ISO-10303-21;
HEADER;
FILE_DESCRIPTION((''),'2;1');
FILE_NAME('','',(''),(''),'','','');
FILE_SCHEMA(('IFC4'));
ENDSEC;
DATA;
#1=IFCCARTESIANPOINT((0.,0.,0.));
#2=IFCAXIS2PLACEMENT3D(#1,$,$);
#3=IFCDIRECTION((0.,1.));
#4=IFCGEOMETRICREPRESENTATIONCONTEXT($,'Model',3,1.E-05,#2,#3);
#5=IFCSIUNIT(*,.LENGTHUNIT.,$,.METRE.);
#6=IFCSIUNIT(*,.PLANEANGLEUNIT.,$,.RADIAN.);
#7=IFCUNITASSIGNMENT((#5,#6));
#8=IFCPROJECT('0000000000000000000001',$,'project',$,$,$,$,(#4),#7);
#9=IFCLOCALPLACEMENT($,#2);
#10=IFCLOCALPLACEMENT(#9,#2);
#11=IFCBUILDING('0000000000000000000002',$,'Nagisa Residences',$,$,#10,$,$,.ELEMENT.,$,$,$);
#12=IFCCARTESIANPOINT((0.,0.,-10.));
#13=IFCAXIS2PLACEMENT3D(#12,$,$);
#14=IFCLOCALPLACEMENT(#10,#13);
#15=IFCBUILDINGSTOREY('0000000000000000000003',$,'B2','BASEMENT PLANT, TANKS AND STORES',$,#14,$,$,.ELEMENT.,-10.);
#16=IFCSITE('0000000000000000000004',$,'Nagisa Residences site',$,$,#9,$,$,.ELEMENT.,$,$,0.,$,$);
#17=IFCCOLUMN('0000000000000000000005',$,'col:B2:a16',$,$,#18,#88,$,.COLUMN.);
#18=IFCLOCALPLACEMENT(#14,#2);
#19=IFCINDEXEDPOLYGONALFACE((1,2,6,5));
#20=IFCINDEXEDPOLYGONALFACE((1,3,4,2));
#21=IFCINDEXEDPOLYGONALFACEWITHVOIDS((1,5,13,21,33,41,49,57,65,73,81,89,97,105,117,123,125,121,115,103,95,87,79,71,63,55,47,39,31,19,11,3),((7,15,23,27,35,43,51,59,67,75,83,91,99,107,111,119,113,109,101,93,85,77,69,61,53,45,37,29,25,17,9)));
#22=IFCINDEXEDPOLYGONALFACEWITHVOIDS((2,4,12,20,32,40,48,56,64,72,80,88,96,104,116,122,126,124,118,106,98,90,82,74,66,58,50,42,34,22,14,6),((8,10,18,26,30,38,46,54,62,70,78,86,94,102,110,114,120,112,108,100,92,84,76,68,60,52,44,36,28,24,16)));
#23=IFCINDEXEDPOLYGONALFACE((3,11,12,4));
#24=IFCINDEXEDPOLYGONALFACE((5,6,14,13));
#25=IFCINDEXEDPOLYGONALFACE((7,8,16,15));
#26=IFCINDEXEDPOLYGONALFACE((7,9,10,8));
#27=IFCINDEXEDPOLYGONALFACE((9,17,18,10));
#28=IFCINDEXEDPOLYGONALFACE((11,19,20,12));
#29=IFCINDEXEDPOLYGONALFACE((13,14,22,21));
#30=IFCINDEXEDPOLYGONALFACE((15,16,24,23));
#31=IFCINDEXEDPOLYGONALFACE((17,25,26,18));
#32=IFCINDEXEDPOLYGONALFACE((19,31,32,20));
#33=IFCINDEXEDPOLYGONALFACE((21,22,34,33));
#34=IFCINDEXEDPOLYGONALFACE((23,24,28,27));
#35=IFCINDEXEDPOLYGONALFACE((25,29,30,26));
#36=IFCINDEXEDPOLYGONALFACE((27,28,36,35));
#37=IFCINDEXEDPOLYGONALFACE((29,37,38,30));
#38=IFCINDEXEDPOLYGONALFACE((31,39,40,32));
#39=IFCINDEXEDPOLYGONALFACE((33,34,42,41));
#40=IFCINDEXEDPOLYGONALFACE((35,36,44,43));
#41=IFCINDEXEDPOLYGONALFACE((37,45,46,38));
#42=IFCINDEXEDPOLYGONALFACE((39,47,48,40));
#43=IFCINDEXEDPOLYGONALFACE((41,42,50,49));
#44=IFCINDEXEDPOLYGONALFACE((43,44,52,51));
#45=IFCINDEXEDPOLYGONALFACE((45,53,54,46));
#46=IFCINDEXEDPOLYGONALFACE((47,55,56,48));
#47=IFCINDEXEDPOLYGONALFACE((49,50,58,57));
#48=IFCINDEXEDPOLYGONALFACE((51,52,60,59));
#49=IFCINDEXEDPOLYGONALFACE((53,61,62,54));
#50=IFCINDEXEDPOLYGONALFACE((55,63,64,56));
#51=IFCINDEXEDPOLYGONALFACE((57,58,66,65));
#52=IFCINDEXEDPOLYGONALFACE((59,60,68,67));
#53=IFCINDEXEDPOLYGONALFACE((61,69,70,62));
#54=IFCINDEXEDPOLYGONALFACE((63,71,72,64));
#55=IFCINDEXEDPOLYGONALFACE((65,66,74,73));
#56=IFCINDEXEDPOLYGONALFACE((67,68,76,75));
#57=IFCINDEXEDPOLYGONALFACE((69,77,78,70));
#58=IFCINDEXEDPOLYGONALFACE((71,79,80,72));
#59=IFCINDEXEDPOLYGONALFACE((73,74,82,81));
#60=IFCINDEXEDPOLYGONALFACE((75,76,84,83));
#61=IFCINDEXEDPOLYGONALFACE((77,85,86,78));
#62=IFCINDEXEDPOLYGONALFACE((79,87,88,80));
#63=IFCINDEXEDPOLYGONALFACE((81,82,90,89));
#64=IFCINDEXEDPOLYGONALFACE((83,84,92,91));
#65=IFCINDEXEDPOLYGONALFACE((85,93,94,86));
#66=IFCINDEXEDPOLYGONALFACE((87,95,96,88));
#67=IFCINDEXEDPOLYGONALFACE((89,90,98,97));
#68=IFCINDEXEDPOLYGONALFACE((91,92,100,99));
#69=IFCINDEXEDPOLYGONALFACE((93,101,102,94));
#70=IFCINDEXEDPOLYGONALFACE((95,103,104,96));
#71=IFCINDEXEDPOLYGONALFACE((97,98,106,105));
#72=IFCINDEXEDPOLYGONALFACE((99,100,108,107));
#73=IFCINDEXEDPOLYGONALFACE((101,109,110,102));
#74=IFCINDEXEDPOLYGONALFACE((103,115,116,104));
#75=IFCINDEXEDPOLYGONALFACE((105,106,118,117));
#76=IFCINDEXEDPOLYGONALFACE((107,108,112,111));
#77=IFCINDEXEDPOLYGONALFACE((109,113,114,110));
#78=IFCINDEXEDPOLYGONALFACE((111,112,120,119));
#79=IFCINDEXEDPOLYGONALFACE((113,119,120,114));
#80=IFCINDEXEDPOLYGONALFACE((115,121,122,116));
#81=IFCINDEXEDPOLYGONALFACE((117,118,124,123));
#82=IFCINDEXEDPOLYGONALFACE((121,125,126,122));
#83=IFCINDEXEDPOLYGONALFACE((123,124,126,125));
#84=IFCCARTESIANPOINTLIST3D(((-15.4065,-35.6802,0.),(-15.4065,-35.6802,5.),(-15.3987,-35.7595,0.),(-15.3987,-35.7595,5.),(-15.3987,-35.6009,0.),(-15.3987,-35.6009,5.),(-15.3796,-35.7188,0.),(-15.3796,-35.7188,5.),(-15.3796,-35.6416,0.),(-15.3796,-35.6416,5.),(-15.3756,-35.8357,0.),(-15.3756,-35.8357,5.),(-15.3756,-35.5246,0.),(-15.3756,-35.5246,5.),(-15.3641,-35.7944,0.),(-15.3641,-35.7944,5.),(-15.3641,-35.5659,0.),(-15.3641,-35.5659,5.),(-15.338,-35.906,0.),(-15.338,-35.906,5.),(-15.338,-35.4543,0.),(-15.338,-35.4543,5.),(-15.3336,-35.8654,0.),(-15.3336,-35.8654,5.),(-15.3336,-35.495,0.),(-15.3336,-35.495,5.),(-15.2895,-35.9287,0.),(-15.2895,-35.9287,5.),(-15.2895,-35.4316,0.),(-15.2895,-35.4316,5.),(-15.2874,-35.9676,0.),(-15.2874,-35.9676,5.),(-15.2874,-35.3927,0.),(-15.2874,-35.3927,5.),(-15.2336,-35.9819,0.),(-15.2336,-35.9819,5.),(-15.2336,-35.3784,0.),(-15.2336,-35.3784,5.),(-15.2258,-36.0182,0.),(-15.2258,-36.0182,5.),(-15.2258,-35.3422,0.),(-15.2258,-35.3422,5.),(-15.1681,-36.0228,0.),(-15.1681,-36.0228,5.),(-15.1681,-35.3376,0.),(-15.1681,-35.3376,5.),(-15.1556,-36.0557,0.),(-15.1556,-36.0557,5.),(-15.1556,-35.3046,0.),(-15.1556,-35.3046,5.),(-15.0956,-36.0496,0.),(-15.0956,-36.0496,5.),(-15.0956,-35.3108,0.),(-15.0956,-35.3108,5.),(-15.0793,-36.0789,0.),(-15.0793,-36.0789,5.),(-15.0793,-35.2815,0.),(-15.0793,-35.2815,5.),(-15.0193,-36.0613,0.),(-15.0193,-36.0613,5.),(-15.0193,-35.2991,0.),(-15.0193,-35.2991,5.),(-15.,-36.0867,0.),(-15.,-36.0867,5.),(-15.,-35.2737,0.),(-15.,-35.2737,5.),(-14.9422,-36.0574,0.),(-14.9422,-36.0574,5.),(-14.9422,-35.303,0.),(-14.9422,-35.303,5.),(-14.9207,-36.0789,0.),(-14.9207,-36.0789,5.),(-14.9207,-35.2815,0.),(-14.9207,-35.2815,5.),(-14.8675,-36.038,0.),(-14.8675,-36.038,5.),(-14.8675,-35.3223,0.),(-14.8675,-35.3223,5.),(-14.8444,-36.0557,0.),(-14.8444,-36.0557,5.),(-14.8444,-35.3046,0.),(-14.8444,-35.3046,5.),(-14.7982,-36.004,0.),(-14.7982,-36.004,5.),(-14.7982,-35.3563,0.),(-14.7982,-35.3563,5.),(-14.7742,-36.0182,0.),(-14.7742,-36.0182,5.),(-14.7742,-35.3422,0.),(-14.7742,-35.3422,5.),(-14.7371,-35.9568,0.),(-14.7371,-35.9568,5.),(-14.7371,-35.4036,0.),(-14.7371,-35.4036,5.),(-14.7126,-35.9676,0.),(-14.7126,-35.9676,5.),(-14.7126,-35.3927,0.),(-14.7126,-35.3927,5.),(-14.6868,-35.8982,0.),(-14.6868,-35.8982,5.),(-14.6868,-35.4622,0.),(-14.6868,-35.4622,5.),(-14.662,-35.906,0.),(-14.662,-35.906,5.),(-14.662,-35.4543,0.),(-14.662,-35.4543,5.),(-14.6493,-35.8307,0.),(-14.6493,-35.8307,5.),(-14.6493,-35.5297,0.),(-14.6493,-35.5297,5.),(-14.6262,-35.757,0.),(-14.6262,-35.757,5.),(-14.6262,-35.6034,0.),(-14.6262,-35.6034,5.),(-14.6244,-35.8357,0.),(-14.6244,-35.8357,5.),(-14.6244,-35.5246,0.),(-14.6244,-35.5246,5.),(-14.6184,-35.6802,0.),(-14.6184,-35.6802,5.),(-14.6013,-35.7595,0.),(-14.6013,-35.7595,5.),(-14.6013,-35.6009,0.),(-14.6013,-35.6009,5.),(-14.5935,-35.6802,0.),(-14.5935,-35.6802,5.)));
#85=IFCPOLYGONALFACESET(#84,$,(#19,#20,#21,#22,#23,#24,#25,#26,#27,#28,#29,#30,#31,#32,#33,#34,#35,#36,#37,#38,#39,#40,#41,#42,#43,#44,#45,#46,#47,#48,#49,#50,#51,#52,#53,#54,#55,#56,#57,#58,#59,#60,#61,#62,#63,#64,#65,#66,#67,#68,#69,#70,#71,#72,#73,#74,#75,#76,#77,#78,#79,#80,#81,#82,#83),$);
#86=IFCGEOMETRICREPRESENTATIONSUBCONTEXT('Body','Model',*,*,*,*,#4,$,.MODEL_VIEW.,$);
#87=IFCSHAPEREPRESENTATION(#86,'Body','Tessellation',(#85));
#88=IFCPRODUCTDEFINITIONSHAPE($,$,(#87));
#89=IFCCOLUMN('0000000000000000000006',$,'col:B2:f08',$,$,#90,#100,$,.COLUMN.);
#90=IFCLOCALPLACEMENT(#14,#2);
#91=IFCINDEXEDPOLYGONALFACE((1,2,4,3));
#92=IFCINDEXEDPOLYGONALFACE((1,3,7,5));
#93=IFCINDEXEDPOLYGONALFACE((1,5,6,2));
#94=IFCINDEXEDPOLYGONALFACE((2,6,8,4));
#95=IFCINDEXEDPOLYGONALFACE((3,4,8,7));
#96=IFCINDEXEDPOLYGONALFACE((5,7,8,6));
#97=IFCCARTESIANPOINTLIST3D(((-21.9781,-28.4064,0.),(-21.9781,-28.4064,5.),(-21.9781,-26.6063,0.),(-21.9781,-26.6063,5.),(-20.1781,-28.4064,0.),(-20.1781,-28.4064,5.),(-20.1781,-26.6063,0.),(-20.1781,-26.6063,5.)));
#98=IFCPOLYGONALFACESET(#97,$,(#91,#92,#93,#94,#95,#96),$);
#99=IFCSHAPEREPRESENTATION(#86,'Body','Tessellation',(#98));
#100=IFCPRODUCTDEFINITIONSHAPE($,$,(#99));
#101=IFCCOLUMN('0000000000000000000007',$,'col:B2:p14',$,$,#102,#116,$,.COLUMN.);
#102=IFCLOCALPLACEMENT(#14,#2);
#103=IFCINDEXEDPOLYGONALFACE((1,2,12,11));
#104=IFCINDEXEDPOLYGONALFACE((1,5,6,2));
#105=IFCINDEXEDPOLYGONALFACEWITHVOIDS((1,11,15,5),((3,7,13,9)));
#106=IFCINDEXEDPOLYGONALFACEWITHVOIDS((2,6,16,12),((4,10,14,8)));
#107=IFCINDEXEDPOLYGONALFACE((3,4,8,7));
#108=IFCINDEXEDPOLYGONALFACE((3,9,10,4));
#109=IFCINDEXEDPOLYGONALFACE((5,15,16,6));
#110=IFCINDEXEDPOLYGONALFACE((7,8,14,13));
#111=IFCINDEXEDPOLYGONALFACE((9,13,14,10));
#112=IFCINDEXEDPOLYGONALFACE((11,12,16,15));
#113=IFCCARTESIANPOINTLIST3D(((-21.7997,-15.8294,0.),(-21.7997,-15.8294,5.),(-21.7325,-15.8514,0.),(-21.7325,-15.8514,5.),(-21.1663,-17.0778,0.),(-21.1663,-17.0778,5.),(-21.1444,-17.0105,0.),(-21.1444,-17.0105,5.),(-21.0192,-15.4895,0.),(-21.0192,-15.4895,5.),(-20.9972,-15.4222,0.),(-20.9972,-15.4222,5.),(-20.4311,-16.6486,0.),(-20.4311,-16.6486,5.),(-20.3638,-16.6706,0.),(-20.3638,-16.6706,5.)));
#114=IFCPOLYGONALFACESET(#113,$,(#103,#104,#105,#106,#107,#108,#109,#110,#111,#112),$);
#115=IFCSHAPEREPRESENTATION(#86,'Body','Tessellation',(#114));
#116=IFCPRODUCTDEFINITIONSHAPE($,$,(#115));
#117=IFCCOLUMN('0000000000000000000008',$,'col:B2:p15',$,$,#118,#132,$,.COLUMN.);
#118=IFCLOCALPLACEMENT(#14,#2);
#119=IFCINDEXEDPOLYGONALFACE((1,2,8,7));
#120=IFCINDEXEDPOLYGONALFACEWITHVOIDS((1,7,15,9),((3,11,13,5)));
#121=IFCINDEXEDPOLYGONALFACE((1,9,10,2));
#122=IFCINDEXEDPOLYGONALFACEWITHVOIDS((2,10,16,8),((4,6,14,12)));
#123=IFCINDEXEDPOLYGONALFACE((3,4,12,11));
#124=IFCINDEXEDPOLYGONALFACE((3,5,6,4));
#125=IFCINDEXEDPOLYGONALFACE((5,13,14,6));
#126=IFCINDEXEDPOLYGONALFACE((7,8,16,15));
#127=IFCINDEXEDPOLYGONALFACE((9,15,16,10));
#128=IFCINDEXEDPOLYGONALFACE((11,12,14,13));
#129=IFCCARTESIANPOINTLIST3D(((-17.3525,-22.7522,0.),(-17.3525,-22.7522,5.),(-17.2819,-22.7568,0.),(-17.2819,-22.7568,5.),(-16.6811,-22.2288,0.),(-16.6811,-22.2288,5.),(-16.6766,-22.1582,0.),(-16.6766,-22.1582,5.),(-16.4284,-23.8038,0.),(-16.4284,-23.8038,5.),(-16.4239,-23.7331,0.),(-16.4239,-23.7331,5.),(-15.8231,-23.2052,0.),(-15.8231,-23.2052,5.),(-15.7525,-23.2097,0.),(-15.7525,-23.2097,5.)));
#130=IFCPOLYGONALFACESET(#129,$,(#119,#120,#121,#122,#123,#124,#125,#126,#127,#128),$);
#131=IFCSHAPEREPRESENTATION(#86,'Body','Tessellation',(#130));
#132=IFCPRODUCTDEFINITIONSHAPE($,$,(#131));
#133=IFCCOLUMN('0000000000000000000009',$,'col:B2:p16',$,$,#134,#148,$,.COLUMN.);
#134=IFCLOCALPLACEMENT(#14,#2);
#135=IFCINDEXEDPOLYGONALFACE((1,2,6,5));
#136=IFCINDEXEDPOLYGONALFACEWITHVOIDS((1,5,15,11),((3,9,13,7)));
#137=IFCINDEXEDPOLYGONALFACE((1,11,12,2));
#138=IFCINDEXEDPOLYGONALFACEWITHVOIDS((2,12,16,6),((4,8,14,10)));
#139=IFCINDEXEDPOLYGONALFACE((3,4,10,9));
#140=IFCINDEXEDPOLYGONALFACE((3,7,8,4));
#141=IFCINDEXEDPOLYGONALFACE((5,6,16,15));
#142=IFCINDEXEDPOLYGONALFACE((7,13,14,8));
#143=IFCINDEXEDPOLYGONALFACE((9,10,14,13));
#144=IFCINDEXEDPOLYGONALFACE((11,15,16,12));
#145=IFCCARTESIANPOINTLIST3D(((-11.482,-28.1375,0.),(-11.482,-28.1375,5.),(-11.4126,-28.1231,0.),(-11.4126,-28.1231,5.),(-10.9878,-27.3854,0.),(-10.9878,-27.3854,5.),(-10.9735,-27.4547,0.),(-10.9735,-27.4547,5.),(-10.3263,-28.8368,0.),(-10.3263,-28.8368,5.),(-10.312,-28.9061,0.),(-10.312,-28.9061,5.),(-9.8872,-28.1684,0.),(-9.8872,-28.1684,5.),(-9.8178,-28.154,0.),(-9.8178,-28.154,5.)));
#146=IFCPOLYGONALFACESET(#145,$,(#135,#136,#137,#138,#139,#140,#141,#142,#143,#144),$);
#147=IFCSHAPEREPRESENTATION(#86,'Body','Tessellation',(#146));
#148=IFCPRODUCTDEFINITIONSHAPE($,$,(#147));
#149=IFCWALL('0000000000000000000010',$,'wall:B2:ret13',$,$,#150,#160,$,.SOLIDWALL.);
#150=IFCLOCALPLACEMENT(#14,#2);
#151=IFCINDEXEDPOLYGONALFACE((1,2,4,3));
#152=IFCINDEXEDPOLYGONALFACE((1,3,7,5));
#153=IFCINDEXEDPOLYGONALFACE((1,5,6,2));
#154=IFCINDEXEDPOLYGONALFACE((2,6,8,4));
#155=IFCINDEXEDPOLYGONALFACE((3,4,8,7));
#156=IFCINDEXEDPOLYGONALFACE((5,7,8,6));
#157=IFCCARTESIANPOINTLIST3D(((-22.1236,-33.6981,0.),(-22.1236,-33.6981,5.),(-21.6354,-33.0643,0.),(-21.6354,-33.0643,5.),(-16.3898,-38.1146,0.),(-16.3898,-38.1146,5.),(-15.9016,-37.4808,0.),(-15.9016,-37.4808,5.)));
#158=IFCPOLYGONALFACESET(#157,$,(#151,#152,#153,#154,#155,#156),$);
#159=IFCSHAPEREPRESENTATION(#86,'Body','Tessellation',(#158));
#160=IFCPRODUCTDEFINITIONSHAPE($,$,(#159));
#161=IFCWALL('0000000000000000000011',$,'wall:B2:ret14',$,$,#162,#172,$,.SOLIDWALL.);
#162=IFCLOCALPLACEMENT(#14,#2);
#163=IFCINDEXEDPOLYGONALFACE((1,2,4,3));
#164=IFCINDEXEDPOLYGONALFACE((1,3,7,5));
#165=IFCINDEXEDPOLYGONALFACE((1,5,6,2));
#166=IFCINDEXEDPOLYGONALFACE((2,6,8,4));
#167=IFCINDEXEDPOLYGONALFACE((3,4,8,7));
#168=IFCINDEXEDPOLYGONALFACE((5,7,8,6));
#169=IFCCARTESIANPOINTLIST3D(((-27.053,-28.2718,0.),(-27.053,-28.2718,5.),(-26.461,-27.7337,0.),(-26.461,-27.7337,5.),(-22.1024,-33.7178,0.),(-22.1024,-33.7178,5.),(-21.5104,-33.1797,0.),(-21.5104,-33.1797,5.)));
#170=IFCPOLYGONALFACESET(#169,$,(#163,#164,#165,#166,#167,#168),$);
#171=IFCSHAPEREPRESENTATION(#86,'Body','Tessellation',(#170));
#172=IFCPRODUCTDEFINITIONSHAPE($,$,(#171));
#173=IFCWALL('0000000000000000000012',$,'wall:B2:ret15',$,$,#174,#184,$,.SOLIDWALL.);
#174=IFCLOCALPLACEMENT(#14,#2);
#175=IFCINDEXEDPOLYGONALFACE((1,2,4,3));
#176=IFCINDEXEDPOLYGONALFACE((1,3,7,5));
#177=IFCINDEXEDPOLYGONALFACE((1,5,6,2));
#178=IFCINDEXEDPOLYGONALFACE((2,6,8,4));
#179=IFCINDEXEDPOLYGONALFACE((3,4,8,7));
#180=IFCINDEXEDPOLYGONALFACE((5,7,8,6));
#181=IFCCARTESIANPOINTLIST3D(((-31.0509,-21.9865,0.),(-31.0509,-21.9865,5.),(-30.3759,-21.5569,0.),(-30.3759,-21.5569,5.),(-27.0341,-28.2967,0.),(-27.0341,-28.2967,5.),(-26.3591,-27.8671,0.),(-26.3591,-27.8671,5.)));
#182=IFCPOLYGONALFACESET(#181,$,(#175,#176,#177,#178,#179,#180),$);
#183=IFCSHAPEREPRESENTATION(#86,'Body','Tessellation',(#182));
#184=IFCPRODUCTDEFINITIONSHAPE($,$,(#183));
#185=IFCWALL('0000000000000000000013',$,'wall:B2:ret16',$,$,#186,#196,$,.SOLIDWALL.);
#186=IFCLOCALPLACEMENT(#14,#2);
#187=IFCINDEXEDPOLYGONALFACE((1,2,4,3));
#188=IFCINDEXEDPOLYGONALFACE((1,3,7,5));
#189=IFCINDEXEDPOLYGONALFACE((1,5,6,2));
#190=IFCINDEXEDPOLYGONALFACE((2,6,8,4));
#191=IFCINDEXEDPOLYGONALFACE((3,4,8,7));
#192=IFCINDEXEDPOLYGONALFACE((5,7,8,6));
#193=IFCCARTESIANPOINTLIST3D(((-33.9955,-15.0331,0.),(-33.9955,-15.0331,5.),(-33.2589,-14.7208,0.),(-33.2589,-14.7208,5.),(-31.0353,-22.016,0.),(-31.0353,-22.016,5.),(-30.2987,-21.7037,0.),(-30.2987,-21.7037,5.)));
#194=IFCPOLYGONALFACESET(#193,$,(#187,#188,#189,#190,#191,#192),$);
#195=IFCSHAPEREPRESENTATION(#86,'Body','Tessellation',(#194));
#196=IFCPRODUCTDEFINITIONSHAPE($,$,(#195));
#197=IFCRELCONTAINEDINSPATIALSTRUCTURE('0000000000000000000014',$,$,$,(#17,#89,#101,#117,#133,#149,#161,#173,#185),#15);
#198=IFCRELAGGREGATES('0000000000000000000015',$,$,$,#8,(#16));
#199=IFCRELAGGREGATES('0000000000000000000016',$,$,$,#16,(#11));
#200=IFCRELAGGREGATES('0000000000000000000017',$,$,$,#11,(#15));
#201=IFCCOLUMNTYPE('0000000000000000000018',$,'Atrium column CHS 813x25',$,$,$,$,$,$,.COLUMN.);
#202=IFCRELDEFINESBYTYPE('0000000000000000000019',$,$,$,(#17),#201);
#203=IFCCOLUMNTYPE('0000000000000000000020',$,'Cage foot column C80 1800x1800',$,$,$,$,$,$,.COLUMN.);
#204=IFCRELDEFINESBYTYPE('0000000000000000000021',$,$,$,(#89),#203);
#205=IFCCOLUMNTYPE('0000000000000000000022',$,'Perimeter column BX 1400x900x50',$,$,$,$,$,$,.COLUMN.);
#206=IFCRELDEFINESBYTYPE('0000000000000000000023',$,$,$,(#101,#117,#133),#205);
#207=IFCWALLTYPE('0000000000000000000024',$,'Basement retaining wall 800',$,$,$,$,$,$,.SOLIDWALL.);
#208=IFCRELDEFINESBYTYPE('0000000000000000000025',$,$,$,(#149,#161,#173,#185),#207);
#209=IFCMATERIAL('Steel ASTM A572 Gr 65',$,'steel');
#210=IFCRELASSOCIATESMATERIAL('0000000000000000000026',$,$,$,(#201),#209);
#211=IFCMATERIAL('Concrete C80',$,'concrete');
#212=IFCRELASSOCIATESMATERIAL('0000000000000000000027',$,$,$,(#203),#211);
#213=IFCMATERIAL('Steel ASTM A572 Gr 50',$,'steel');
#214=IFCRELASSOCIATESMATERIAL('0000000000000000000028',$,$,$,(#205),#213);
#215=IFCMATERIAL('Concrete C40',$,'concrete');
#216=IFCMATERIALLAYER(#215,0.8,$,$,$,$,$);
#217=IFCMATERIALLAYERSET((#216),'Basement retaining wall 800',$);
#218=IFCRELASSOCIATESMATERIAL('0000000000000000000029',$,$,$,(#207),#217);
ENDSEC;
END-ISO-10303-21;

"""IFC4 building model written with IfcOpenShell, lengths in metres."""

from ifc_helpers import new_model, si_unit, direction, frame, frame_2d, origin, origin_2d, place, context, subcontext, project, spatial, rectangle, hollow_rectangle, hollow_circle, extrude, material, layer, layer_set, material_profile, profile_set, type_object, element, save


model = new_model("IFC4")

# Units and contexts
model_context = context("Model", 3, precision=1e-05, world=origin(), true_north=direction((0.0, 1.0)))
body_context = subcontext(model_context, "Body", "Model", "MODEL_VIEW")
ifc_project = project(units=[si_unit("LENGTHUNIT", "METRE"), si_unit("PLANEANGLEUNIT", "RADIAN")], contexts=[model_context])

# Site, building, storey
site_placement = place(None, origin())
site = spatial("IfcSite", under=ifc_project, at=site_placement, Name="Nagisa Residences site", CompositionType="ELEMENT", RefElevation=0.0)
building_placement = place(site_placement, origin())
building = spatial("IfcBuilding", under=site, at=building_placement, Name="Nagisa Residences", CompositionType="ELEMENT")
storey_placement = place(building_placement, frame((0.0, 0.0, -10.0)))
storey = spatial("IfcBuildingStorey", under=building, at=storey_placement, Name="B2", Description="BASEMENT PLANT, TANKS AND STORES", CompositionType="ELEMENT", Elevation=-10.0)

# Columns
ifc_material_1 = material(Name="Steel ASTM A572 Gr 65", Category="steel")
ifc_material_profile_1 = material_profile(ifc_material_1, hollow_circle(Radius=0.4065, WallThickness=0.0249, at=origin_2d()), Name="CHS 813x25")
ifc_profile_set_1 = profile_set([ifc_material_profile_1], Name="Steel ASTM A572 Gr 65")
column_type_1 = type_object("IfcColumnType", Name="Atrium column CHS 813x25", PredefinedType="COLUMN", material=ifc_profile_set_1)
for number, where, z_axis, x_axis, name in (
    (1, (-15.0, -35.6802, 0.0), (0.0, 0.0, 1.0), (1.0, 0.0, 0.0), "col:B2:a16"),
):
    element("IfcColumn", number, at=place(storey_placement, frame(where, z_axis=z_axis, x_axis=x_axis)), inside=storey, type_object=column_type_1, Name=name, PredefinedType="COLUMN", context=body_context, shape_type="SweptSolid", body=[
        extrude(hollow_circle(Radius=0.4065, WallThickness=0.0249, at=origin_2d()), origin(), (0.0, 0.0, 1.0), 5.0),
    ])
ifc_material_2 = material(Name="Concrete C80", Category="concrete")
ifc_material_profile_2 = material_profile(ifc_material_2, rectangle(XDim=1.8, YDim=1.8, at=origin_2d()), Name="C80 1800x1800")
ifc_profile_set_2 = profile_set([ifc_material_profile_2], Name="Concrete C80")
column_type_2 = type_object("IfcColumnType", Name="Cage foot column C80 1800x1800", PredefinedType="COLUMN", material=ifc_profile_set_2)
column_placement = place(storey_placement, frame((-21.0781, -27.5063, 0.0), z_axis=(0.0, 0.0, 1.0), x_axis=(1.0, 0.0, 0.0)))
element("IfcColumn", 2, at=column_placement, inside=storey, type_object=column_type_2, Name="col:B2:f08", PredefinedType="COLUMN", context=body_context, shape_type="SweptSolid", body=[
    extrude(rectangle(XDim=1.8, YDim=1.8, at=origin_2d()), origin(), (0.0, 0.0, 1.0), 5.0),
])
ifc_material_3 = material(Name="Steel ASTM A572 Gr 50", Category="steel")
ifc_material_profile_3 = material_profile(ifc_material_3, hollow_rectangle(XDim=1.3999, YDim=0.8999, WallThickness=0.05, at=origin_2d()), Name="BX 1400x900x50")
ifc_profile_set_3 = profile_set([ifc_material_profile_3], Name="Steel ASTM A572 Gr 50")
column_type_3 = type_object("IfcColumnType", Name="Perimeter column BX 1400x900x50", PredefinedType="COLUMN", material=ifc_profile_set_3)
for number, where, z_axis, x_axis, name in (
    (3, (-21.0818, -16.25, 0.0), (0.0, 0.0, 1.0), (0.452463, -0.891783, 0.0), "col:B2:p14"),
    (4, (-16.5525, -22.981, 0.0), (0.0, 0.0, 1.0), (0.660115, -0.751165, 0.0), "col:B2:p15"),
    (5, (-10.6499, -28.1458, 0.0), (0.0, 0.0, 1.0), (0.835766, -0.549086, 0.0), "col:B2:p16"),
):
    element("IfcColumn", number, at=place(storey_placement, frame(where, z_axis=z_axis, x_axis=x_axis)), inside=storey, type_object=column_type_3, Name=name, PredefinedType="COLUMN", context=body_context, shape_type="SweptSolid", body=[
        extrude(hollow_rectangle(XDim=1.3999, YDim=0.8999, WallThickness=0.05, at=origin_2d()), origin(), (0.0, 0.0, 1.0), 5.0),
    ])

# Walls
ifc_material_4 = material(Name="Concrete C40", Category="concrete")
ifc_layer_1 = layer(ifc_material_4, 0.8)
ifc_layer_set_1 = layer_set([ifc_layer_1], Name="Basement retaining wall 800")
wall_type_1 = type_object("IfcWallType", Name="Basement retaining wall 800", PredefinedType="SOLIDWALL", material=ifc_layer_set_1)
wall_1_placement = place(storey_placement, frame((-16.1458, -37.7976, 0.0), z_axis=(0.0, 0.0, 1.0), x_axis=(-0.792235, 0.610216, 0.0)))
element("IfcWall", 6, at=wall_1_placement, inside=storey, type_object=wall_type_1, Name="wall:B2:ret13", PredefinedType="SOLIDWALL", context=body_context, shape_type="SweptSolid", body=[
    extrude(rectangle(XDim=7.2375, YDim=0.8, at=frame_2d((3.6187, 0.0))), origin(), (0.0, 0.0, 1.0), 5.0),
])
wall_2_placement = place(storey_placement, frame((-21.8064, -33.4487, 0.0), z_axis=(0.0, 0.0, 1.0), x_axis=(-0.672653, 0.739958, 0.0)))
element("IfcWall", 7, at=wall_2_placement, inside=storey, type_object=wall_type_1, Name="wall:B2:ret14", PredefinedType="SOLIDWALL", context=body_context, shape_type="SweptSolid", body=[
    extrude(rectangle(XDim=7.3599, YDim=0.8, at=frame_2d((3.6799, 0.0))), origin(), (0.0, 0.0, 1.0), 5.0),
])
wall_3_placement = place(storey_placement, frame((-26.6965, -28.082, 0.0), z_axis=(0.0, 0.0, 1.0), x_axis=(-0.53699, 0.843589, 0.0)))
element("IfcWall", 8, at=wall_3_placement, inside=storey, type_object=wall_type_1, Name="wall:B2:ret15", PredefinedType="SOLIDWALL", context=body_context, shape_type="SweptSolid", body=[
    extrude(rectangle(XDim=7.4802, YDim=0.8, at=frame_2d((3.7402, 0.0))), origin(), (0.0, 0.0, 1.0), 5.0),
])
wall_4_placement = place(storey_placement, frame((-30.667, -21.8599, 0.0), z_axis=(0.0, 0.0, 1.0), x_axis=(-0.390299, 0.920688, 0.0)))
element("IfcWall", 9, at=wall_4_placement, inside=storey, type_object=wall_type_1, Name="wall:B2:ret16", PredefinedType="SOLIDWALL", context=body_context, shape_type="SweptSolid", body=[
    extrude(rectangle(XDim=7.5845, YDim=0.8, at=frame_2d((3.7922, 0.0))), origin(), (0.0, 0.0, 1.0), 5.0),
])

save(model, "model.ifc")
